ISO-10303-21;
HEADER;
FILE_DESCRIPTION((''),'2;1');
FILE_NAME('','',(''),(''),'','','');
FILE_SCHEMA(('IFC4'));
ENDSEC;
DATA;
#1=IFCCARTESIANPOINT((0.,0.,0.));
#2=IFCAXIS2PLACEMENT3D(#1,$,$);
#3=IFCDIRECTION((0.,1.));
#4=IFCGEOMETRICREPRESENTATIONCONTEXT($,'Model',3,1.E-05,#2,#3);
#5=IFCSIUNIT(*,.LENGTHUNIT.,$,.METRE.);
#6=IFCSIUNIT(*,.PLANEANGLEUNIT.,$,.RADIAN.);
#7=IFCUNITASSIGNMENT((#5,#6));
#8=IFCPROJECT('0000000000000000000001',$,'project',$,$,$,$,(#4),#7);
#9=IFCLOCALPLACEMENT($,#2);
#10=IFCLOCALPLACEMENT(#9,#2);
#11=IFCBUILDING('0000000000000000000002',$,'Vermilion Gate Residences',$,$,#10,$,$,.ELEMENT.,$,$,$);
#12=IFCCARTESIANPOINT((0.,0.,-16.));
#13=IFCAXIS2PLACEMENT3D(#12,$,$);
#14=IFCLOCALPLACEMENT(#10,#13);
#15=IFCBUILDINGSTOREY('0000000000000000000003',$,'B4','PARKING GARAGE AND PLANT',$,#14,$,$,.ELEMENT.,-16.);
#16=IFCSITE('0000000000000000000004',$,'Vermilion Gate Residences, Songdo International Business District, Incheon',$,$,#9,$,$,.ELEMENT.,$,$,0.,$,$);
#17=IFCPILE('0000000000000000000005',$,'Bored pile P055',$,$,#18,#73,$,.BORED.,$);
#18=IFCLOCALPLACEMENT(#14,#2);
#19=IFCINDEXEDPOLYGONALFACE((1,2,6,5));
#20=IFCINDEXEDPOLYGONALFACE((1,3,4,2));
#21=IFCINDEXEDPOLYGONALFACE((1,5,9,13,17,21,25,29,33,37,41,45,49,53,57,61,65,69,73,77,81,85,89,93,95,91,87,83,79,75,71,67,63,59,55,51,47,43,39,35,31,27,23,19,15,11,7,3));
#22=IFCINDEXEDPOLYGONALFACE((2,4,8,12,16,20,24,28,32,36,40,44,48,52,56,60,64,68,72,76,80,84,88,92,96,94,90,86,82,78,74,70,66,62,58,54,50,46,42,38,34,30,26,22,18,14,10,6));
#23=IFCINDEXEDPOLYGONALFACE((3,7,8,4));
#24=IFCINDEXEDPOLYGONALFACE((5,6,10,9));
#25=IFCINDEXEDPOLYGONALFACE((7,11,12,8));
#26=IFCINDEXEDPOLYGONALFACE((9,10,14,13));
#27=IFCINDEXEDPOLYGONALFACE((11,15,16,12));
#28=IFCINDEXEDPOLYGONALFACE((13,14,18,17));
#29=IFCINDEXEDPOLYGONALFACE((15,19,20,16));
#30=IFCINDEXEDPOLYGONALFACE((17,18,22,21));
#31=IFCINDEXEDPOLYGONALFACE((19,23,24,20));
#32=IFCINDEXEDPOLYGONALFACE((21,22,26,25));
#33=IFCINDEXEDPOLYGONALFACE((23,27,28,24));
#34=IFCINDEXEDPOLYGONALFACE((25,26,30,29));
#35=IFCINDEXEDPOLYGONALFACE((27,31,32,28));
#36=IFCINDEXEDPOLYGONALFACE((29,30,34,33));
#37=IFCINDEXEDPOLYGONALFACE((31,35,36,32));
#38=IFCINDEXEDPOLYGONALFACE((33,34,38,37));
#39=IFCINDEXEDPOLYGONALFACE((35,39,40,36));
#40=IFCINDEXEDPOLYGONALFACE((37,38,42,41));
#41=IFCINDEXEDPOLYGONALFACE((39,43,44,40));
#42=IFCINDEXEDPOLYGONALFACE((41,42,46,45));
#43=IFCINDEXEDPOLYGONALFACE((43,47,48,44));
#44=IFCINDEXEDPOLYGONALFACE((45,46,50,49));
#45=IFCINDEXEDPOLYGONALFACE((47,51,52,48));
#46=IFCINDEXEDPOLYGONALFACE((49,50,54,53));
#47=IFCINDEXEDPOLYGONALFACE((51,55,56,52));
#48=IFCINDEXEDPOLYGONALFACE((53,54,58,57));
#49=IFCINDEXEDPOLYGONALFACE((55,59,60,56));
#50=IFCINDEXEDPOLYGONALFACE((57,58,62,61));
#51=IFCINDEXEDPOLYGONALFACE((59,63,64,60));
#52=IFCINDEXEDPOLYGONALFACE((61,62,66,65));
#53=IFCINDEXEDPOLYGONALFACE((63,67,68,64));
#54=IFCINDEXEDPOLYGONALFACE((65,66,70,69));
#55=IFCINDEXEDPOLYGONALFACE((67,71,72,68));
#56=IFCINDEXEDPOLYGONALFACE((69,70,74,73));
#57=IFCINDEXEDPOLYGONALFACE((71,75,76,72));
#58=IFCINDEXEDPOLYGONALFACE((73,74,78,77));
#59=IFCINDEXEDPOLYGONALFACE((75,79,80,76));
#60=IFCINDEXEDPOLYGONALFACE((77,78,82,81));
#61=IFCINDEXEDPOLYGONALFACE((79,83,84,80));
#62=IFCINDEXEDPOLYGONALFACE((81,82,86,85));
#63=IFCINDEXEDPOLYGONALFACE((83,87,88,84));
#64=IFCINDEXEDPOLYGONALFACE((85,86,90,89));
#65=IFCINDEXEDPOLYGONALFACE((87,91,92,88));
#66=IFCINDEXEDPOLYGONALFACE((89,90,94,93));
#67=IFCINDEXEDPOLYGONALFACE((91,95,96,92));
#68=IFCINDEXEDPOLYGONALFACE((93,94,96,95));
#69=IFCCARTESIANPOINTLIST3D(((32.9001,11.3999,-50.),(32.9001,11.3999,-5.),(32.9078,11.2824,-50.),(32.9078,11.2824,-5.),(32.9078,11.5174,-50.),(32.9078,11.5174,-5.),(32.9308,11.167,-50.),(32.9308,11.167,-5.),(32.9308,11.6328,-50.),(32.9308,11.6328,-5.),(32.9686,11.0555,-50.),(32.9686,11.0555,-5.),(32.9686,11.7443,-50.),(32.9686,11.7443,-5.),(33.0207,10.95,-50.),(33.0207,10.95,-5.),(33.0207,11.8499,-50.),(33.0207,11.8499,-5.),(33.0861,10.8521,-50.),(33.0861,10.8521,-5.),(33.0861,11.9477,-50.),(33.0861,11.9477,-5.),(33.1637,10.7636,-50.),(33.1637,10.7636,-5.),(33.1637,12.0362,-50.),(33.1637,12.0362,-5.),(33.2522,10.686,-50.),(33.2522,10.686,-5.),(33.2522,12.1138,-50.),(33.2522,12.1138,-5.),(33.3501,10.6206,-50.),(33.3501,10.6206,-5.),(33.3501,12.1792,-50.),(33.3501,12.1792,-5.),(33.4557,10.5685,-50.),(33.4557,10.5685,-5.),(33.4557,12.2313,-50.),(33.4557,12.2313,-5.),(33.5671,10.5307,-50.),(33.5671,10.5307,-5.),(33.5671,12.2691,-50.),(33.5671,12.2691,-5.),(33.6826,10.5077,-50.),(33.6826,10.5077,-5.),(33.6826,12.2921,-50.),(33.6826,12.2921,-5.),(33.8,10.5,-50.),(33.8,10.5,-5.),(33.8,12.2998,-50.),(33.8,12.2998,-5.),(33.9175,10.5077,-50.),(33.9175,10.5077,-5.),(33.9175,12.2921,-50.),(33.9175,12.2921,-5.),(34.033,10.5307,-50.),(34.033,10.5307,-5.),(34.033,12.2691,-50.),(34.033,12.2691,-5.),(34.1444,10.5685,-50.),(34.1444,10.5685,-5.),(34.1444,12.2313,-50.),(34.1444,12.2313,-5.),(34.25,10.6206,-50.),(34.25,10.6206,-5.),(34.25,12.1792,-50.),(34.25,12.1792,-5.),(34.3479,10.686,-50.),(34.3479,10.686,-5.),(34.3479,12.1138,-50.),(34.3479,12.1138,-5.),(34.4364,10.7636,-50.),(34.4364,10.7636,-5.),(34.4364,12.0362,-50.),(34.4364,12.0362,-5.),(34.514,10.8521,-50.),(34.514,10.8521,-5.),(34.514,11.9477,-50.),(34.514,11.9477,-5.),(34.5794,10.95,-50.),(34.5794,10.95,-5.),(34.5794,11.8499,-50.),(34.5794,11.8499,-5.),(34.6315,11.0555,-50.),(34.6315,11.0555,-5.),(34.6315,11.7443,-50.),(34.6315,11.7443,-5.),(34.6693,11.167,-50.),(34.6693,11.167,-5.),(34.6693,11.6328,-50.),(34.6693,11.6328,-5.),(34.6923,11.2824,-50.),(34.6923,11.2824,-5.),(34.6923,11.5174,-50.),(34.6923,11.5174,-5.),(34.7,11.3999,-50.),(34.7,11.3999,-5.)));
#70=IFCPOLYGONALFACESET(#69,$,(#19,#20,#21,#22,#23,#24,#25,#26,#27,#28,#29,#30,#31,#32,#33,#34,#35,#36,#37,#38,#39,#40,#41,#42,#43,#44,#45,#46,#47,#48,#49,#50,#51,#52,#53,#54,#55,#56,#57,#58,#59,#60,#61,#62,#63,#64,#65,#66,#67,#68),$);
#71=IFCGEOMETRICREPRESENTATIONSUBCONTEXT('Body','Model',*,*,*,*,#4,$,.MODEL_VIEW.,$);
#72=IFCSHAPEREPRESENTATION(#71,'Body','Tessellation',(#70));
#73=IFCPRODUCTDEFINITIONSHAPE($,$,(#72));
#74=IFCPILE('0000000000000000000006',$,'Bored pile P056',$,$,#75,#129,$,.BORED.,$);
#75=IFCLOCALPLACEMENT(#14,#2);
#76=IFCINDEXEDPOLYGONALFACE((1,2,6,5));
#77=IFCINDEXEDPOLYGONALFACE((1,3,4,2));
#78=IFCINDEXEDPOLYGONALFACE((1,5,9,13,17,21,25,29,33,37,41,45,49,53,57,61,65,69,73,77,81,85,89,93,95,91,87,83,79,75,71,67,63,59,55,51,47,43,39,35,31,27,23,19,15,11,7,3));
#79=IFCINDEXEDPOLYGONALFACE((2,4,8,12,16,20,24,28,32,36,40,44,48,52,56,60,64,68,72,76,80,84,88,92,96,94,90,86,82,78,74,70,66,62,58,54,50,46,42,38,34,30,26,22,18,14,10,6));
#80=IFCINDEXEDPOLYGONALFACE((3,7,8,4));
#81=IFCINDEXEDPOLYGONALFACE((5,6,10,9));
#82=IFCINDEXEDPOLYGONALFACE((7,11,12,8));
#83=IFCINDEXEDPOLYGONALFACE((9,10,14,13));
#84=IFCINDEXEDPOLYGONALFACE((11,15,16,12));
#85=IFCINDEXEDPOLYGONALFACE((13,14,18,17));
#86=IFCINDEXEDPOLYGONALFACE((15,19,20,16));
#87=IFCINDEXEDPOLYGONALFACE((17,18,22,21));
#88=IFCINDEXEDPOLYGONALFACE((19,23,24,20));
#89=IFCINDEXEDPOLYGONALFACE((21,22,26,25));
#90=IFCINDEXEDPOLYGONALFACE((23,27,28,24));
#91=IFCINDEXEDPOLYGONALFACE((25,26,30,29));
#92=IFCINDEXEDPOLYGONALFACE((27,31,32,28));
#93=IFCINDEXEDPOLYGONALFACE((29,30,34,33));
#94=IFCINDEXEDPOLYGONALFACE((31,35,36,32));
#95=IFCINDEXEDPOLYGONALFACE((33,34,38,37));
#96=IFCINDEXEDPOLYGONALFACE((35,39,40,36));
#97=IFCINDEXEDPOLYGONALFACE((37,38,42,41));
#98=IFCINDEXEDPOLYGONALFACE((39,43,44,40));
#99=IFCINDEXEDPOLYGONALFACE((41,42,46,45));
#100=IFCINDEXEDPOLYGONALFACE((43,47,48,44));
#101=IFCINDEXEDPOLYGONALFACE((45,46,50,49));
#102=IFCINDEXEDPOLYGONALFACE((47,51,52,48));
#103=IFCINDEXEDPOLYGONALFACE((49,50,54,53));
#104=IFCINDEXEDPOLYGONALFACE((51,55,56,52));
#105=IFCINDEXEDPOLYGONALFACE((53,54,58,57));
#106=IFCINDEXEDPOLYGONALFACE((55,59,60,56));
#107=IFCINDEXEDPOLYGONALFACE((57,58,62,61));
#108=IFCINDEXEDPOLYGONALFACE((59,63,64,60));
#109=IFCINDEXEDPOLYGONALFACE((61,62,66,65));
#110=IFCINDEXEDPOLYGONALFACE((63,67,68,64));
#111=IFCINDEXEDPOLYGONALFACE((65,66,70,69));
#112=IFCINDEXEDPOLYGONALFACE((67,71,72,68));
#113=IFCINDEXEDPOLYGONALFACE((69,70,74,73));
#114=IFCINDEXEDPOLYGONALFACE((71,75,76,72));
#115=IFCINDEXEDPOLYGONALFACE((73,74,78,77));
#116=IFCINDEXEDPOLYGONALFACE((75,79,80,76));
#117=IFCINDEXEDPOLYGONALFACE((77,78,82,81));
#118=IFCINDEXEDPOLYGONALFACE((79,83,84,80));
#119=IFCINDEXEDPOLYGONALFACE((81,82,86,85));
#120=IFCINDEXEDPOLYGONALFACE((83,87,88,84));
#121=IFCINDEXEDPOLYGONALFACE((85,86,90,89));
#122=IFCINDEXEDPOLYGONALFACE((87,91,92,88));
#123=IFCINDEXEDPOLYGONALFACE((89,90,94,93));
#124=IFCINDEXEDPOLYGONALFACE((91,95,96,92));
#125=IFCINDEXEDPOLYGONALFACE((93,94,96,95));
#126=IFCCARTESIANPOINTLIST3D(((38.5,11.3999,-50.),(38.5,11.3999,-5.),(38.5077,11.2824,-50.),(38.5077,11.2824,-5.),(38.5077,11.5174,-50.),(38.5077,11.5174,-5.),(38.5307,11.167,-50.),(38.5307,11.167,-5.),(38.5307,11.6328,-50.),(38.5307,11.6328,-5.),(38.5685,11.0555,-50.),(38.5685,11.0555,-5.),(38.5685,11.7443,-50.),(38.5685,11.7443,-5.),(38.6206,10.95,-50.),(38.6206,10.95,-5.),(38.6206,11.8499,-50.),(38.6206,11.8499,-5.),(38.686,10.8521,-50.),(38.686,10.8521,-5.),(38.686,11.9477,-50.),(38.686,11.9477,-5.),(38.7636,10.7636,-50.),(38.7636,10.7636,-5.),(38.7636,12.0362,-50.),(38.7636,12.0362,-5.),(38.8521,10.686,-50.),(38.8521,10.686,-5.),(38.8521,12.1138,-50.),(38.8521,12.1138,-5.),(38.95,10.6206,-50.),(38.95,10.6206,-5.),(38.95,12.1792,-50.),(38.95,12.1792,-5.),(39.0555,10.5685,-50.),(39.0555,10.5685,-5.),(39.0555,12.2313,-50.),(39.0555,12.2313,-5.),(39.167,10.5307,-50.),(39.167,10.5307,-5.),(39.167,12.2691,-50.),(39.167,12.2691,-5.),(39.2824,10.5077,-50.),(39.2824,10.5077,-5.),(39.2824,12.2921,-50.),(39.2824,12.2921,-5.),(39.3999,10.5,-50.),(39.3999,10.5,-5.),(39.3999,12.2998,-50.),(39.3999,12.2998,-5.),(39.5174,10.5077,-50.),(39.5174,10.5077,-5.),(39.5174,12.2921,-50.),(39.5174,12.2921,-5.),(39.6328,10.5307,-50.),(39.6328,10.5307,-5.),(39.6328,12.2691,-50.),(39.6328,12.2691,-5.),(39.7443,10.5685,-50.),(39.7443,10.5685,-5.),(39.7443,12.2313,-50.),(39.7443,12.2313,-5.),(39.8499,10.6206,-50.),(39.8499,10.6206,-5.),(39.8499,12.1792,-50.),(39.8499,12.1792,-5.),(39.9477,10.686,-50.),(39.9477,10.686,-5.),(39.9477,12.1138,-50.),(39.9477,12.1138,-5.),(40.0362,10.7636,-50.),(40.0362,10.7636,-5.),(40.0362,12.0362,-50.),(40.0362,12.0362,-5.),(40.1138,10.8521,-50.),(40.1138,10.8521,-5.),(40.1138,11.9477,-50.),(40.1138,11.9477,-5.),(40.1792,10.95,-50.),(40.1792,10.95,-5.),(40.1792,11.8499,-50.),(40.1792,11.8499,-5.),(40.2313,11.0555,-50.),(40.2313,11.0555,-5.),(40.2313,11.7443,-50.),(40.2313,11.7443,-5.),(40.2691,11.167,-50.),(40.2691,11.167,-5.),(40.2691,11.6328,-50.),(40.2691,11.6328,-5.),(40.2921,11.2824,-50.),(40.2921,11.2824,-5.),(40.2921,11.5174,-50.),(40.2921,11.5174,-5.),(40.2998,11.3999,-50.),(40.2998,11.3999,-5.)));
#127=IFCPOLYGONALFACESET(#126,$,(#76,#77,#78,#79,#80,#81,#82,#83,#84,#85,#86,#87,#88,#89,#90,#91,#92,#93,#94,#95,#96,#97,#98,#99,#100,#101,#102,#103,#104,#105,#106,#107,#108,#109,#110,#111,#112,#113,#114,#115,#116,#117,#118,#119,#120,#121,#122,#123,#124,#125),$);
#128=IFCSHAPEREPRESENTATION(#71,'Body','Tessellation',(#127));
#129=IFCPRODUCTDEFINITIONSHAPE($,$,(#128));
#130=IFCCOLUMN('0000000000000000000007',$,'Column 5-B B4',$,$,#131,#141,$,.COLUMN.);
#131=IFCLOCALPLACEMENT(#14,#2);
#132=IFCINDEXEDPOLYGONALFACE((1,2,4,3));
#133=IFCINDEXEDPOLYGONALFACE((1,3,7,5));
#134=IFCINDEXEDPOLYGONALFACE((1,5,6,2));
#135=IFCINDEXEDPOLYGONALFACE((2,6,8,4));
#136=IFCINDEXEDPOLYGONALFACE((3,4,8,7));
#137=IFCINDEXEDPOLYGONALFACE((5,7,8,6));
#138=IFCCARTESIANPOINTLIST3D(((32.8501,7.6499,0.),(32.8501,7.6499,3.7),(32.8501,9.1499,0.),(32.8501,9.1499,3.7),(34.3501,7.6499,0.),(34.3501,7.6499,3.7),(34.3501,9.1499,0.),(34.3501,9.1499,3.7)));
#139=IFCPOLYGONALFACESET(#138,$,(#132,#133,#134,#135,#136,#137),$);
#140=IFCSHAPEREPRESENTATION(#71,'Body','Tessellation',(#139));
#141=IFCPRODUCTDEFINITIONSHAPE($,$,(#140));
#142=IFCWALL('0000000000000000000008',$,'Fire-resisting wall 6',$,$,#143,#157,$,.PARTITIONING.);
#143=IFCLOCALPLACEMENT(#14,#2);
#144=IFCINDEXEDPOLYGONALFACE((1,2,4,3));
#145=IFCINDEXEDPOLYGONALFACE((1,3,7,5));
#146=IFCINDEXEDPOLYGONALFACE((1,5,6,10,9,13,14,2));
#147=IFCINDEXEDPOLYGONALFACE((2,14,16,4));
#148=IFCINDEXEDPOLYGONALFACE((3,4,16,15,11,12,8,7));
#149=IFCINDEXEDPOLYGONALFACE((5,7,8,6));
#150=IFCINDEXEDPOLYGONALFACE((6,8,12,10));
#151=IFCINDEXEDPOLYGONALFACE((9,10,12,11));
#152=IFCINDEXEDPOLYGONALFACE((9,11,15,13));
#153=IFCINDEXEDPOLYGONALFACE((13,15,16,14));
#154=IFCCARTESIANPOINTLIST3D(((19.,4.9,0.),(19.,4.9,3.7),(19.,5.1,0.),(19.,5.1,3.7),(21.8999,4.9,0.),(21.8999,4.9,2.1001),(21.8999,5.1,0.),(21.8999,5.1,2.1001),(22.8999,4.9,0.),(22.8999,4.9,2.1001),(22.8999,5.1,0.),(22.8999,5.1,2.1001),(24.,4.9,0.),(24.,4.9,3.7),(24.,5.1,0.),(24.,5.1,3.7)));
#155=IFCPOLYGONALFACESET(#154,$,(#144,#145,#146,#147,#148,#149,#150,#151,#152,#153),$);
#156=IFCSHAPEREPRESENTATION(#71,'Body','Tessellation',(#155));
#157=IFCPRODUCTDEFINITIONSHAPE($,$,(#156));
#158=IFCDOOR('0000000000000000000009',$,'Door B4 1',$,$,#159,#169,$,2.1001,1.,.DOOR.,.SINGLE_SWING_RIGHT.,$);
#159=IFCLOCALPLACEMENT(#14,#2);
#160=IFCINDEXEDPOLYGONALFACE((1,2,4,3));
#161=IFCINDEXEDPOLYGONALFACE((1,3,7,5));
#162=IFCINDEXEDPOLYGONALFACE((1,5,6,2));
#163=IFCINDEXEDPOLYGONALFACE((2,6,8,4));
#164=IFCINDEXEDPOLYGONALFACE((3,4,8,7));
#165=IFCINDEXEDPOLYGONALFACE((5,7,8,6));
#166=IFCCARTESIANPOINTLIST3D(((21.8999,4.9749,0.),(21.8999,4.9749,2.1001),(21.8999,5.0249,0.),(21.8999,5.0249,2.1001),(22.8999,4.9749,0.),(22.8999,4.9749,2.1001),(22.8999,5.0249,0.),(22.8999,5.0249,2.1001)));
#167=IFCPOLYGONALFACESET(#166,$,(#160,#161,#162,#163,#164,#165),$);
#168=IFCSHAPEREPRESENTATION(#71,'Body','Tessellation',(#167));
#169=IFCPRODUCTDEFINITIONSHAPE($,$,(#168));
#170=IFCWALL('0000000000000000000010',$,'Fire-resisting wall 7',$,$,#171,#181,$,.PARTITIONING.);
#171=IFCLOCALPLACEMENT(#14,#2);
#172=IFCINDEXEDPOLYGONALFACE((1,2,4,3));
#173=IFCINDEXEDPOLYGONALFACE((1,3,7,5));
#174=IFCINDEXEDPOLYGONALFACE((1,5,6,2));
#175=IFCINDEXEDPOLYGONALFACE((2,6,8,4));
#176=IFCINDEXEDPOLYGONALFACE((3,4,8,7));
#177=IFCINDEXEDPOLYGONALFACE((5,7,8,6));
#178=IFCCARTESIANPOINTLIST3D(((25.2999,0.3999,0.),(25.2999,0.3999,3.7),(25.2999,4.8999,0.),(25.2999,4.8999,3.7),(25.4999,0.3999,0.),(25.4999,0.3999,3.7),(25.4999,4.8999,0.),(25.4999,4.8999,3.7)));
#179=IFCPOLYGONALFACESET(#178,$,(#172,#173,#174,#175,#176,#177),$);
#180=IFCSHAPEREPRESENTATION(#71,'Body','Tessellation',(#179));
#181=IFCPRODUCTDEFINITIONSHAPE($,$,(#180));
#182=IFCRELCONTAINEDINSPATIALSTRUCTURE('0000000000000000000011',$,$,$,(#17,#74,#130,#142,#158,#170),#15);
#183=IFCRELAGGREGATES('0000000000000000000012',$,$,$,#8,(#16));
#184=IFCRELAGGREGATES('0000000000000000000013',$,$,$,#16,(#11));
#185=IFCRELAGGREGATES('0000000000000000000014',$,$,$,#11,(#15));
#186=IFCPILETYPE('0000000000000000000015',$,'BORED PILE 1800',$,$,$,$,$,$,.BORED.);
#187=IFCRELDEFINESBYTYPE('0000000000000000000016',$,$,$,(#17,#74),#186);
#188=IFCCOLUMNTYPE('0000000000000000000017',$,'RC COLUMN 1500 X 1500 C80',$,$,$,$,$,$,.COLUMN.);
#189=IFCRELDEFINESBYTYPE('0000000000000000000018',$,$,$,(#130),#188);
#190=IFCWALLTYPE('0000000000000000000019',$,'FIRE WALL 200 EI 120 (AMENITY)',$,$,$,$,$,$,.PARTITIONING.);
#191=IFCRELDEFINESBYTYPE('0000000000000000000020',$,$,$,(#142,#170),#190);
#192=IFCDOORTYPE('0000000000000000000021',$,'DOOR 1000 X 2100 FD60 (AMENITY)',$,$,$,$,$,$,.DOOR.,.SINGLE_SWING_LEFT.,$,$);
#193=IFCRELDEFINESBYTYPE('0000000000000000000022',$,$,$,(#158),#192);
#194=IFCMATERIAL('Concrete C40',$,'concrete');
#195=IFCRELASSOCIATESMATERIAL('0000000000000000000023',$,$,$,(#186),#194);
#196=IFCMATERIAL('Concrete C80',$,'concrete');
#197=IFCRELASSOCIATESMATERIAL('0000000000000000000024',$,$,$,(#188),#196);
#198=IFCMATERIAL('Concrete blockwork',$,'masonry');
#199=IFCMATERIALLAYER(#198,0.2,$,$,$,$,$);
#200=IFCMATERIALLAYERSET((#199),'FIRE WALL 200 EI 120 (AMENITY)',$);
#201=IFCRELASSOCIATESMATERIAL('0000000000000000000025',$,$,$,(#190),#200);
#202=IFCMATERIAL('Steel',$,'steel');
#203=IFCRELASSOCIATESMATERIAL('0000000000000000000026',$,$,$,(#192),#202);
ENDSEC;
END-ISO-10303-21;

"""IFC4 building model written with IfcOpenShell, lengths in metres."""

from ifc_helpers import new_model, si_unit, direction, frame, frame_2d, origin, origin_2d, place, context, subcontext, project, spatial, rectangle, circle, extrude, material, layer, layer_set, material_profile, profile_set, type_object, element, fill, save


model = new_model("IFC4")

# Units and contexts
model_context = context("Model", 3, precision=1e-05, world=origin(), true_north=direction((0.0, 1.0)))
body_context = subcontext(model_context, "Body", "Model", "MODEL_VIEW")
ifc_project = project(units=[si_unit("LENGTHUNIT", "METRE"), si_unit("PLANEANGLEUNIT", "RADIAN")], contexts=[model_context])

# Site, building, storey
site_placement = place(None, origin())
site = spatial("IfcSite", under=ifc_project, at=site_placement, Name="Vermilion Gate Residences, Songdo International Business District, Incheon", CompositionType="ELEMENT", RefElevation=0.0)
building_placement = place(site_placement, origin())
building = spatial("IfcBuilding", under=site, at=building_placement, Name="Vermilion Gate Residences", CompositionType="ELEMENT")
storey_placement = place(building_placement, frame((0.0, 0.0, -16.0)))
storey = spatial("IfcBuildingStorey", under=building, at=storey_placement, Name="B4", Description="PARKING GARAGE AND PLANT", CompositionType="ELEMENT", Elevation=-16.0)

# Piles
ifc_material_1 = material(Name="Concrete C40", Category="concrete")
ifc_material_profile_1 = material_profile(ifc_material_1, circle(Radius=0.8999, at=origin_2d()), Name="BORED PILE 1800")
ifc_profile_set_1 = profile_set([ifc_material_profile_1], Name="Concrete C40")
pile_type = type_object("IfcPileType", Name="BORED PILE 1800", PredefinedType="BORED", material=ifc_profile_set_1)
for number, where, z_axis, x_axis, name in (
    (1, (33.8, 11.3999, -5.0), (0.0, 0.0, -1.0), (1.0, 0.0, 0.0), "Bored pile P055"),
    (2, (39.3999, 11.3999, -5.0), (0.0, 0.0, -1.0), (1.0, 0.0, 0.0), "Bored pile P056"),
):
    element("IfcPile", number, at=place(storey_placement, frame(where, z_axis=z_axis, x_axis=x_axis)), inside=storey, type_object=pile_type, Name=name, PredefinedType="BORED", context=body_context, shape_type="SweptSolid", body=[
        extrude(circle(Radius=0.8999, at=origin_2d()), origin(), (0.0, 0.0, 1.0), 45.0),
    ])

# Column
ifc_material_2 = material(Name="Concrete C80", Category="concrete")
ifc_material_profile_2 = material_profile(ifc_material_2, rectangle(XDim=1.5, YDim=1.5, at=origin_2d()), Name="RC-1500x1500")
ifc_profile_set_2 = profile_set([ifc_material_profile_2], Name="Concrete C80")
column_type = type_object("IfcColumnType", Name="RC COLUMN 1500 X 1500 C80", PredefinedType="COLUMN", material=ifc_profile_set_2)
column_placement = place(storey_placement, frame((33.6001, 8.3999, 0.0), z_axis=(0.0, 0.0, 1.0), x_axis=(1.0, 0.0, 0.0)))
element("IfcColumn", 3, at=column_placement, inside=storey, type_object=column_type, Name="Column 5-B B4", PredefinedType="COLUMN", context=body_context, shape_type="SweptSolid", body=[
    extrude(rectangle(XDim=1.5, YDim=1.5, at=origin_2d()), origin(), (0.0, 0.0, 1.0), 3.7),
])

# Wall, opening, door
ifc_material_3 = material(Name="Concrete blockwork", Category="masonry")
ifc_layer_1 = layer(ifc_material_3, 0.2)
ifc_layer_set_1 = layer_set([ifc_layer_1], Name="FIRE WALL 200 EI 120 (AMENITY)")
wall_type_1 = type_object("IfcWallType", Name="FIRE WALL 200 EI 120 (AMENITY)", PredefinedType="PARTITIONING", material=ifc_layer_set_1)
wall_1_placement = place(storey_placement, frame((19.0, 5.0, 0.0), z_axis=(0.0, 0.0, 1.0), x_axis=(1.0, 0.0, 0.0)))
wall_1 = element("IfcWall", 4, at=wall_1_placement, inside=storey, type_object=wall_type_1, Name="Fire-resisting wall 6", PredefinedType="PARTITIONING", context=body_context, shape_type="SweptSolid", body=[
    extrude(rectangle(XDim=5.0, YDim=0.2, at=frame_2d((2.5, 0.0))), origin(), (0.0, 0.0, 1.0), 3.7),
])
opening_1_placement = place(wall_1_placement, frame((2.8999, 0.0, 0.0)))
opening_1 = element("IfcOpeningElement", 5, at=opening_1_placement, cuts=wall_1, PredefinedType="OPENING", context=body_context, shape_type="SweptSolid", body=[
    extrude(rectangle(XDim=1.0, YDim=2.1001, at=frame_2d((0.5, 1.05))), frame((0.0, 0.1099, 0.0), z_axis=(0.0, -1.0, 0.0), x_axis=(1.0, 0.0, 0.0)), (0.0, 0.0, 1.0), 0.22),
])
ifc_material_4 = material(Name="Steel", Category="steel")
door_type = type_object("IfcDoorType", Name="DOOR 1000 X 2100 FD60 (AMENITY)", OperationType="SINGLE_SWING_LEFT", PredefinedType="DOOR", material=ifc_material_4)
door_1_placement = place(opening_1_placement, origin())
door_1 = element("IfcDoor", 6, at=door_1_placement, inside=storey, type_object=door_type, Name="Door B4 1", OperationType="SINGLE_SWING_RIGHT", OverallHeight=2.1001, OverallWidth=1.0, PredefinedType="DOOR", context=body_context, shape_type="SweptSolid", body=[
    extrude(rectangle(XDim=1.0, YDim=2.1001, at=frame_2d((0.5, 1.05))), frame((0.0, 0.0249, 0.0), z_axis=(0.0, -1.0, 0.0), x_axis=(1.0, 0.0, 0.0)), (0.0, 0.0, 1.0), 0.05),
])
fill(opening_1, door_1)

# Wall
wall_2_placement = place(storey_placement, frame((25.3999, 0.3999, 0.0), z_axis=(0.0, 0.0, 1.0), x_axis=(0.0, 1.0, 0.0)))
element("IfcWall", 7, at=wall_2_placement, inside=storey, type_object=wall_type_1, Name="Fire-resisting wall 7", PredefinedType="PARTITIONING", context=body_context, shape_type="SweptSolid", body=[
    extrude(rectangle(XDim=4.5, YDim=0.2, at=frame_2d((2.25, 0.0))), origin(), (0.0, 0.0, 1.0), 3.7),
])

save(model, "model.ifc")
